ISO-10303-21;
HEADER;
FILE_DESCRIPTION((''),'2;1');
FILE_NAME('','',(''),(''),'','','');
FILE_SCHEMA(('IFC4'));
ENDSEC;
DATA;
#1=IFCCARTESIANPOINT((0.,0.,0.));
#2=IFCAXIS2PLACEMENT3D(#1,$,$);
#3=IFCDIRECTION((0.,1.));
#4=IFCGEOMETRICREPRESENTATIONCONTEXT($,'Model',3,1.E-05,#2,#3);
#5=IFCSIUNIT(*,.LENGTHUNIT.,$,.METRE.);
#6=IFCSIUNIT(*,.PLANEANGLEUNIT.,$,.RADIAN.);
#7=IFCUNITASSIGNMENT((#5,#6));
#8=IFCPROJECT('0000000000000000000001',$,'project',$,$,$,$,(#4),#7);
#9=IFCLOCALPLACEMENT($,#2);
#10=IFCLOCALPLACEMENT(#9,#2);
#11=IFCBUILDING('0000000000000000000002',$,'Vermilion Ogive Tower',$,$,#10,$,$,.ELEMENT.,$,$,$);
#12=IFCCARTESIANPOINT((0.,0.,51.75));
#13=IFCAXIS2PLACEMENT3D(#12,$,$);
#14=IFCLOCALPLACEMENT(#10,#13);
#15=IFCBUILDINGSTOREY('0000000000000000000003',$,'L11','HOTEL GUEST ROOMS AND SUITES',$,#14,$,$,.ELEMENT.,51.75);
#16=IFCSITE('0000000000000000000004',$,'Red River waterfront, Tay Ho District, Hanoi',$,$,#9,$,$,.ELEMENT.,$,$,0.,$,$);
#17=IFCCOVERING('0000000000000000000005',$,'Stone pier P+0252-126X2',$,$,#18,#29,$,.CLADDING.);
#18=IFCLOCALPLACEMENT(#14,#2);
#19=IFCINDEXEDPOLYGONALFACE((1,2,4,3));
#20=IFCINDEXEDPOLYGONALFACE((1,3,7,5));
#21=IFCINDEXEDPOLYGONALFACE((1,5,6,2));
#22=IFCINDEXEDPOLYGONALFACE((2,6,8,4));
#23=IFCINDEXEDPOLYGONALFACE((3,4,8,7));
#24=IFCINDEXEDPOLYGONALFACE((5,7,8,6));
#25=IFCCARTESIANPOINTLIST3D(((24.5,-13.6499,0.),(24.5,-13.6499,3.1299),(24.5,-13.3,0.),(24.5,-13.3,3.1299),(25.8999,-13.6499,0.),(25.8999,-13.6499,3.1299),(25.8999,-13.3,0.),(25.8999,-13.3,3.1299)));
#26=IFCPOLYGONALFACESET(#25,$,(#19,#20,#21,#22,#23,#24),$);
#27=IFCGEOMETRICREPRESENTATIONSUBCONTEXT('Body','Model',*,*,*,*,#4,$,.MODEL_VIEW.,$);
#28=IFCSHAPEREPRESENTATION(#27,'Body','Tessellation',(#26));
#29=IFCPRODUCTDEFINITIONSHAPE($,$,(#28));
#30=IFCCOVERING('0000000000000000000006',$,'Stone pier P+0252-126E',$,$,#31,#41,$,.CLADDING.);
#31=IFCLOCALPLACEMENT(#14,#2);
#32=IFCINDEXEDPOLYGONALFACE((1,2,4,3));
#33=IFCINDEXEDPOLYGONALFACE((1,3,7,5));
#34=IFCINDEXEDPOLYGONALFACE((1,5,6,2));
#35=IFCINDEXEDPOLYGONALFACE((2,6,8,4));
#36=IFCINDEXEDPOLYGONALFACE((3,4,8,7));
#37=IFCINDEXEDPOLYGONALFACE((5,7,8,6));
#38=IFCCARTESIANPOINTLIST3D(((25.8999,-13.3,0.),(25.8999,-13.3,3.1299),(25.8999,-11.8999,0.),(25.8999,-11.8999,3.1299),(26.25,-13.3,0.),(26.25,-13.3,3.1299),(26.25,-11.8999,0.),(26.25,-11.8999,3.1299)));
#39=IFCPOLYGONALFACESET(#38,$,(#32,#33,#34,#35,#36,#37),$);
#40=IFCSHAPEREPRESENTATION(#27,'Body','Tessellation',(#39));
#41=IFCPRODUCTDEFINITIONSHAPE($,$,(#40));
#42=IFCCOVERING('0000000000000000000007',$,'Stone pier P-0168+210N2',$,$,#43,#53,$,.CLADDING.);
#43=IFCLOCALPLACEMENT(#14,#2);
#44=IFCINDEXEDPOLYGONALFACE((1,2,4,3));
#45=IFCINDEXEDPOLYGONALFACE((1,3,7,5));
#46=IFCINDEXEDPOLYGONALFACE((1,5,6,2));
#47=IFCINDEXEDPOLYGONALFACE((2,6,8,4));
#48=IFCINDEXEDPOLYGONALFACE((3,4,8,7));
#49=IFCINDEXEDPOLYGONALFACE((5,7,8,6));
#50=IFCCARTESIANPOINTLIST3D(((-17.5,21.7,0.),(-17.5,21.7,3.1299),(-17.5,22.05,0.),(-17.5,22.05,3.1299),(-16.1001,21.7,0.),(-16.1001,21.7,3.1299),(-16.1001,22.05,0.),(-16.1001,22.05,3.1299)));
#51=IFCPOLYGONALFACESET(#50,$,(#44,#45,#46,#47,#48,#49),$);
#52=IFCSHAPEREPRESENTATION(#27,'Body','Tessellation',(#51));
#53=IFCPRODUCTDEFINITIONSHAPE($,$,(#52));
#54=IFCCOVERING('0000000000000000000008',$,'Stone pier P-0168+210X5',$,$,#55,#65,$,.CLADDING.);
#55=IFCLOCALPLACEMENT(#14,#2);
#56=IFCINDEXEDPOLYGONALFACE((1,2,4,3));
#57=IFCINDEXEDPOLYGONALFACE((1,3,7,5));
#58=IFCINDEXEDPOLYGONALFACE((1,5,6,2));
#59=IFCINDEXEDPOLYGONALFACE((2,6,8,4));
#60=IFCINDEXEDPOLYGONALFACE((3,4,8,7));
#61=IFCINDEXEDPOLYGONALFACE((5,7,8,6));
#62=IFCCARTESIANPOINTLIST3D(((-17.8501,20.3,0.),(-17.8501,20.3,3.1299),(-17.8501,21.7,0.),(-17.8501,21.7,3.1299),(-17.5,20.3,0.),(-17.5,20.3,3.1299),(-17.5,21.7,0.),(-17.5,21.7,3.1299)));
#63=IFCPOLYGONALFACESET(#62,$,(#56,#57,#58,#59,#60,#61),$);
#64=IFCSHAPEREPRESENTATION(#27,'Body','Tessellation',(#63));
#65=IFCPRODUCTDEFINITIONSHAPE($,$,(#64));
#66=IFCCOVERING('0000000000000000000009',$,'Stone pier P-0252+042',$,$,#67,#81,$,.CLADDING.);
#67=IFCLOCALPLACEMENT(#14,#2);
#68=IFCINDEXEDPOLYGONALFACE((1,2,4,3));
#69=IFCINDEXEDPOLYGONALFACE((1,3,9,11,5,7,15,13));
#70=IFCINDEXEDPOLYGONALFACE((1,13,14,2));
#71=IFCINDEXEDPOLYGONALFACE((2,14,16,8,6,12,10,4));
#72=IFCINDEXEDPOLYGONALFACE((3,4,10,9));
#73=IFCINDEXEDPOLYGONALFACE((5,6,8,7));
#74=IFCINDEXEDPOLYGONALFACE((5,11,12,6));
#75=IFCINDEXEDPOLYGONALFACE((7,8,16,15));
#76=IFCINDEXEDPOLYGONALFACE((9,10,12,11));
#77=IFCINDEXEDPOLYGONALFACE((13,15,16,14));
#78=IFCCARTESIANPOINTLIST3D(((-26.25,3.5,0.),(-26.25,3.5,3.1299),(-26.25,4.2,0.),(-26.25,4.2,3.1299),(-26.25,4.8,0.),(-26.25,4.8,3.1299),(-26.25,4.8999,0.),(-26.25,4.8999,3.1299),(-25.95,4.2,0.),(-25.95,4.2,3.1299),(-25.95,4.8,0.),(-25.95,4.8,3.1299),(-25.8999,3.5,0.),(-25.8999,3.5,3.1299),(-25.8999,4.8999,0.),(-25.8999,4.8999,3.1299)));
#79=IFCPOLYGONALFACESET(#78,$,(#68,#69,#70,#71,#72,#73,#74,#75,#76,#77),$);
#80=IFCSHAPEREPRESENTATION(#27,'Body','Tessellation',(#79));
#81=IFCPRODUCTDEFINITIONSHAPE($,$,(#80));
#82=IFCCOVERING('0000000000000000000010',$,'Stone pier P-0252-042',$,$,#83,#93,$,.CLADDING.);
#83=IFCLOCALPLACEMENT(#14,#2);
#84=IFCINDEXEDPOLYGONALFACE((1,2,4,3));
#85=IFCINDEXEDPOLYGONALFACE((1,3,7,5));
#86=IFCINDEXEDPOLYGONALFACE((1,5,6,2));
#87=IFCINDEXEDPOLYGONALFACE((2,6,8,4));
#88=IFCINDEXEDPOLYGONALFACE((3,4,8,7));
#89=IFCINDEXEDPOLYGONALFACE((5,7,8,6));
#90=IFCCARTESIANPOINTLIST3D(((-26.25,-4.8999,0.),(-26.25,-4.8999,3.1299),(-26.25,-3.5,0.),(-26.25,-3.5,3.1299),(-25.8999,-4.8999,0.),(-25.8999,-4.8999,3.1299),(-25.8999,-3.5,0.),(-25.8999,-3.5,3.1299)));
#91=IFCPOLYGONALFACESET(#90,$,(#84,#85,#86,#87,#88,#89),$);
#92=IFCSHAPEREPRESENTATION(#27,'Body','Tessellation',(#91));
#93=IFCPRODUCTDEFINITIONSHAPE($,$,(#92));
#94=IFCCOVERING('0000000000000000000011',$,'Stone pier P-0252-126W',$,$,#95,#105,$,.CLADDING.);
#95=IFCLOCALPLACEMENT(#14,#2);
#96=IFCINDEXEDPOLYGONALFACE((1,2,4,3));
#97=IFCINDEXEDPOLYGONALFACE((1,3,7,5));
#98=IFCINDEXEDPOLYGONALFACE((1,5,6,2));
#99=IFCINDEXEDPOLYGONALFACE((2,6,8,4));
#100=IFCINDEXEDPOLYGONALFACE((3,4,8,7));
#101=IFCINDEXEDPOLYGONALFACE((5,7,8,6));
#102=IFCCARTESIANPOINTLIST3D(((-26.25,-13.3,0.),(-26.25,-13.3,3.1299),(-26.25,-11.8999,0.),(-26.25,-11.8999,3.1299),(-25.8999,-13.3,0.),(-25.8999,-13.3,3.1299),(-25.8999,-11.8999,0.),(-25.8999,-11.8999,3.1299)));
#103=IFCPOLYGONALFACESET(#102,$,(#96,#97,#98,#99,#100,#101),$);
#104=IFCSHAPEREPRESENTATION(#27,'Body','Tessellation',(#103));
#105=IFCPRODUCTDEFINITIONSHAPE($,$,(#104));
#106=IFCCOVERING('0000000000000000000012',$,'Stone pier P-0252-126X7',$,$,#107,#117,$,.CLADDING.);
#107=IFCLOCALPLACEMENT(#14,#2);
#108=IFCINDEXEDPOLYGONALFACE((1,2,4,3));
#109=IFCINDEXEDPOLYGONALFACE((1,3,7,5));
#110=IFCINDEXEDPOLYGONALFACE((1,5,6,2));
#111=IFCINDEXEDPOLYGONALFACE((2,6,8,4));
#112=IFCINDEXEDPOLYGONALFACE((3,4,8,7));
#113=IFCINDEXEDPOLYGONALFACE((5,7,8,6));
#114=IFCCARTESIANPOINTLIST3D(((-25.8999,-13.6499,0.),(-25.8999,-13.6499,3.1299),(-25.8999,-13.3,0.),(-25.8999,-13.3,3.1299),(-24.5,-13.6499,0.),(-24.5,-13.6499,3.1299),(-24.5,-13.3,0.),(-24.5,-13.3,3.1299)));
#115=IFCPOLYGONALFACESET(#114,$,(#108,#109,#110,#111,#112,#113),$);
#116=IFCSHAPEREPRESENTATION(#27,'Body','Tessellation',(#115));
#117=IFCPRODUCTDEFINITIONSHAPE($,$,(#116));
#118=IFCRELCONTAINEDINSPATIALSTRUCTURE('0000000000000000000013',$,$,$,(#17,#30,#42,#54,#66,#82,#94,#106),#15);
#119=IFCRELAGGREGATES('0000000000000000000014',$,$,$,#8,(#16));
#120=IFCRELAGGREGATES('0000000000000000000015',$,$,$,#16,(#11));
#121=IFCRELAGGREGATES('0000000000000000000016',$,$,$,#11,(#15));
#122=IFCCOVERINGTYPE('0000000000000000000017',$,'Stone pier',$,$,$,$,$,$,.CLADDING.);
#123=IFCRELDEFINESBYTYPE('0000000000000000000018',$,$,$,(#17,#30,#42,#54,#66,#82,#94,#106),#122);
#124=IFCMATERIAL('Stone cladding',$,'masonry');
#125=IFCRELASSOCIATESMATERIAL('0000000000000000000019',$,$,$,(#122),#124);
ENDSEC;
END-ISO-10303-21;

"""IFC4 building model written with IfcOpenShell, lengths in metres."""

from ifc_helpers import new_model, si_unit, direction, frame, origin, place, context, subcontext, project, spatial, polyline, outline, extrude, material, type_object, element, save


model = new_model("IFC4")

# Units and contexts
model_context = context("Model", 3, precision=1e-05, world=origin(), true_north=direction((0.0, 1.0)))
body_context = subcontext(model_context, "Body", "Model", "MODEL_VIEW")
ifc_project = project(units=[si_unit("LENGTHUNIT", "METRE"), si_unit("PLANEANGLEUNIT", "RADIAN")], contexts=[model_context])

# Site, building, storey
site_placement = place(None, origin())
site = spatial("IfcSite", under=ifc_project, at=site_placement, Name="Red River waterfront, Tay Ho District, Hanoi", CompositionType="ELEMENT", RefElevation=0.0)
building_placement = place(site_placement, origin())
building = spatial("IfcBuilding", under=site, at=building_placement, Name="Vermilion Ogive Tower", CompositionType="ELEMENT")
storey_placement = place(building_placement, frame((0.0, 0.0, 51.75)))
storey = spatial("IfcBuildingStorey", under=building, at=storey_placement, Name="L11", Description="HOTEL GUEST ROOMS AND SUITES", CompositionType="ELEMENT", Elevation=51.75)

# Coverings
ifc_material_1 = material(Name="Stone cladding", Category="masonry")
covering_type = type_object("IfcCoveringType", Name="Stone pier", PredefinedType="CLADDING", material=ifc_material_1)
covering_1_placement = place(storey_placement, origin())
element("IfcCovering", 1, at=covering_1_placement, inside=storey, type_object=covering_type, Name="Stone pier P+0252-126X2", PredefinedType="CLADDING", context=body_context, shape_type="SweptSolid", body=[
    extrude(outline(polyline([(25.8999, -13.3), (25.8999, -13.6499), (24.5, -13.6499), (24.5, -13.3), (24.5, -13.3), (25.8999, -13.3)])), origin(), (0.0, 0.0, 1.0), 3.1299),
])
covering_2_placement = place(storey_placement, origin())
element("IfcCovering", 2, at=covering_2_placement, inside=storey, type_object=covering_type, Name="Stone pier P+0252-126E", PredefinedType="CLADDING", context=body_context, shape_type="SweptSolid", body=[
    extrude(outline(polyline([(26.25, -13.3), (25.8999, -13.3), (25.8999, -11.8999), (26.25, -11.8999), (26.25, -13.3)])), origin(), (0.0, 0.0, 1.0), 3.1299),
])
covering_3_placement = place(storey_placement, origin())
element("IfcCovering", 3, at=covering_3_placement, inside=storey, type_object=covering_type, Name="Stone pier P-0168+210N2", PredefinedType="CLADDING", context=body_context, shape_type="SweptSolid", body=[
    extrude(outline(polyline([(-17.5, 21.7), (-17.5, 22.05), (-16.1001, 22.05), (-16.1001, 21.7), (-17.5, 21.7), (-17.5, 21.7)])), origin(), (0.0, 0.0, 1.0), 3.1299),
])
covering_4_placement = place(storey_placement, origin())
element("IfcCovering", 4, at=covering_4_placement, inside=storey, type_object=covering_type, Name="Stone pier P-0168+210X5", PredefinedType="CLADDING", context=body_context, shape_type="SweptSolid", body=[
    extrude(outline(polyline([(-17.8501, 21.7), (-17.5, 21.7), (-17.5, 21.7), (-17.5, 20.3), (-17.8501, 20.3), (-17.8501, 21.7)])), origin(), (0.0, 0.0, 1.0), 3.1299),
])
covering_5_placement = place(storey_placement, origin())
element("IfcCovering", 5, at=covering_5_placement, inside=storey, type_object=covering_type, Name="Stone pier P-0252+042", PredefinedType="CLADDING", context=body_context, shape_type="SweptSolid", body=[
    extrude(outline(polyline([(-26.25, 3.5), (-26.25, 4.2), (-25.95, 4.2), (-25.95, 4.8), (-26.25, 4.8), (-26.25, 4.8999), (-25.8999, 4.8999), (-25.8999, 3.5), (-26.25, 3.5)])), origin(), (0.0, 0.0, 1.0), 3.1299),
])
covering_6_placement = place(storey_placement, origin())
element("IfcCovering", 6, at=covering_6_placement, inside=storey, type_object=covering_type, Name="Stone pier P-0252-042", PredefinedType="CLADDING", context=body_context, shape_type="SweptSolid", body=[
    extrude(outline(polyline([(-26.25, -4.8999), (-26.25, -3.5), (-25.8999, -3.5), (-25.8999, -4.8999), (-26.25, -4.8999)])), origin(), (0.0, 0.0, 1.0), 3.1299),
])
covering_7_placement = place(storey_placement, origin())
element("IfcCovering", 7, at=covering_7_placement, inside=storey, type_object=covering_type, Name="Stone pier P-0252-126W", PredefinedType="CLADDING", context=body_context, shape_type="SweptSolid", body=[
    extrude(outline(polyline([(-26.25, -13.3), (-26.25, -11.8999), (-25.8999, -11.8999), (-25.8999, -13.3), (-26.25, -13.3)])), origin(), (0.0, 0.0, 1.0), 3.1299),
])
covering_8_placement = place(storey_placement, origin())
element("IfcCovering", 8, at=covering_8_placement, inside=storey, type_object=covering_type, Name="Stone pier P-0252-126X7", PredefinedType="CLADDING", context=body_context, shape_type="SweptSolid", body=[
    extrude(outline(polyline([(-25.8999, -13.6499), (-25.8999, -13.3), (-24.5, -13.3), (-24.5, -13.6499), (-25.8999, -13.6499)])), origin(), (0.0, 0.0, 1.0), 3.1299),
])

save(model, "model.ifc")
